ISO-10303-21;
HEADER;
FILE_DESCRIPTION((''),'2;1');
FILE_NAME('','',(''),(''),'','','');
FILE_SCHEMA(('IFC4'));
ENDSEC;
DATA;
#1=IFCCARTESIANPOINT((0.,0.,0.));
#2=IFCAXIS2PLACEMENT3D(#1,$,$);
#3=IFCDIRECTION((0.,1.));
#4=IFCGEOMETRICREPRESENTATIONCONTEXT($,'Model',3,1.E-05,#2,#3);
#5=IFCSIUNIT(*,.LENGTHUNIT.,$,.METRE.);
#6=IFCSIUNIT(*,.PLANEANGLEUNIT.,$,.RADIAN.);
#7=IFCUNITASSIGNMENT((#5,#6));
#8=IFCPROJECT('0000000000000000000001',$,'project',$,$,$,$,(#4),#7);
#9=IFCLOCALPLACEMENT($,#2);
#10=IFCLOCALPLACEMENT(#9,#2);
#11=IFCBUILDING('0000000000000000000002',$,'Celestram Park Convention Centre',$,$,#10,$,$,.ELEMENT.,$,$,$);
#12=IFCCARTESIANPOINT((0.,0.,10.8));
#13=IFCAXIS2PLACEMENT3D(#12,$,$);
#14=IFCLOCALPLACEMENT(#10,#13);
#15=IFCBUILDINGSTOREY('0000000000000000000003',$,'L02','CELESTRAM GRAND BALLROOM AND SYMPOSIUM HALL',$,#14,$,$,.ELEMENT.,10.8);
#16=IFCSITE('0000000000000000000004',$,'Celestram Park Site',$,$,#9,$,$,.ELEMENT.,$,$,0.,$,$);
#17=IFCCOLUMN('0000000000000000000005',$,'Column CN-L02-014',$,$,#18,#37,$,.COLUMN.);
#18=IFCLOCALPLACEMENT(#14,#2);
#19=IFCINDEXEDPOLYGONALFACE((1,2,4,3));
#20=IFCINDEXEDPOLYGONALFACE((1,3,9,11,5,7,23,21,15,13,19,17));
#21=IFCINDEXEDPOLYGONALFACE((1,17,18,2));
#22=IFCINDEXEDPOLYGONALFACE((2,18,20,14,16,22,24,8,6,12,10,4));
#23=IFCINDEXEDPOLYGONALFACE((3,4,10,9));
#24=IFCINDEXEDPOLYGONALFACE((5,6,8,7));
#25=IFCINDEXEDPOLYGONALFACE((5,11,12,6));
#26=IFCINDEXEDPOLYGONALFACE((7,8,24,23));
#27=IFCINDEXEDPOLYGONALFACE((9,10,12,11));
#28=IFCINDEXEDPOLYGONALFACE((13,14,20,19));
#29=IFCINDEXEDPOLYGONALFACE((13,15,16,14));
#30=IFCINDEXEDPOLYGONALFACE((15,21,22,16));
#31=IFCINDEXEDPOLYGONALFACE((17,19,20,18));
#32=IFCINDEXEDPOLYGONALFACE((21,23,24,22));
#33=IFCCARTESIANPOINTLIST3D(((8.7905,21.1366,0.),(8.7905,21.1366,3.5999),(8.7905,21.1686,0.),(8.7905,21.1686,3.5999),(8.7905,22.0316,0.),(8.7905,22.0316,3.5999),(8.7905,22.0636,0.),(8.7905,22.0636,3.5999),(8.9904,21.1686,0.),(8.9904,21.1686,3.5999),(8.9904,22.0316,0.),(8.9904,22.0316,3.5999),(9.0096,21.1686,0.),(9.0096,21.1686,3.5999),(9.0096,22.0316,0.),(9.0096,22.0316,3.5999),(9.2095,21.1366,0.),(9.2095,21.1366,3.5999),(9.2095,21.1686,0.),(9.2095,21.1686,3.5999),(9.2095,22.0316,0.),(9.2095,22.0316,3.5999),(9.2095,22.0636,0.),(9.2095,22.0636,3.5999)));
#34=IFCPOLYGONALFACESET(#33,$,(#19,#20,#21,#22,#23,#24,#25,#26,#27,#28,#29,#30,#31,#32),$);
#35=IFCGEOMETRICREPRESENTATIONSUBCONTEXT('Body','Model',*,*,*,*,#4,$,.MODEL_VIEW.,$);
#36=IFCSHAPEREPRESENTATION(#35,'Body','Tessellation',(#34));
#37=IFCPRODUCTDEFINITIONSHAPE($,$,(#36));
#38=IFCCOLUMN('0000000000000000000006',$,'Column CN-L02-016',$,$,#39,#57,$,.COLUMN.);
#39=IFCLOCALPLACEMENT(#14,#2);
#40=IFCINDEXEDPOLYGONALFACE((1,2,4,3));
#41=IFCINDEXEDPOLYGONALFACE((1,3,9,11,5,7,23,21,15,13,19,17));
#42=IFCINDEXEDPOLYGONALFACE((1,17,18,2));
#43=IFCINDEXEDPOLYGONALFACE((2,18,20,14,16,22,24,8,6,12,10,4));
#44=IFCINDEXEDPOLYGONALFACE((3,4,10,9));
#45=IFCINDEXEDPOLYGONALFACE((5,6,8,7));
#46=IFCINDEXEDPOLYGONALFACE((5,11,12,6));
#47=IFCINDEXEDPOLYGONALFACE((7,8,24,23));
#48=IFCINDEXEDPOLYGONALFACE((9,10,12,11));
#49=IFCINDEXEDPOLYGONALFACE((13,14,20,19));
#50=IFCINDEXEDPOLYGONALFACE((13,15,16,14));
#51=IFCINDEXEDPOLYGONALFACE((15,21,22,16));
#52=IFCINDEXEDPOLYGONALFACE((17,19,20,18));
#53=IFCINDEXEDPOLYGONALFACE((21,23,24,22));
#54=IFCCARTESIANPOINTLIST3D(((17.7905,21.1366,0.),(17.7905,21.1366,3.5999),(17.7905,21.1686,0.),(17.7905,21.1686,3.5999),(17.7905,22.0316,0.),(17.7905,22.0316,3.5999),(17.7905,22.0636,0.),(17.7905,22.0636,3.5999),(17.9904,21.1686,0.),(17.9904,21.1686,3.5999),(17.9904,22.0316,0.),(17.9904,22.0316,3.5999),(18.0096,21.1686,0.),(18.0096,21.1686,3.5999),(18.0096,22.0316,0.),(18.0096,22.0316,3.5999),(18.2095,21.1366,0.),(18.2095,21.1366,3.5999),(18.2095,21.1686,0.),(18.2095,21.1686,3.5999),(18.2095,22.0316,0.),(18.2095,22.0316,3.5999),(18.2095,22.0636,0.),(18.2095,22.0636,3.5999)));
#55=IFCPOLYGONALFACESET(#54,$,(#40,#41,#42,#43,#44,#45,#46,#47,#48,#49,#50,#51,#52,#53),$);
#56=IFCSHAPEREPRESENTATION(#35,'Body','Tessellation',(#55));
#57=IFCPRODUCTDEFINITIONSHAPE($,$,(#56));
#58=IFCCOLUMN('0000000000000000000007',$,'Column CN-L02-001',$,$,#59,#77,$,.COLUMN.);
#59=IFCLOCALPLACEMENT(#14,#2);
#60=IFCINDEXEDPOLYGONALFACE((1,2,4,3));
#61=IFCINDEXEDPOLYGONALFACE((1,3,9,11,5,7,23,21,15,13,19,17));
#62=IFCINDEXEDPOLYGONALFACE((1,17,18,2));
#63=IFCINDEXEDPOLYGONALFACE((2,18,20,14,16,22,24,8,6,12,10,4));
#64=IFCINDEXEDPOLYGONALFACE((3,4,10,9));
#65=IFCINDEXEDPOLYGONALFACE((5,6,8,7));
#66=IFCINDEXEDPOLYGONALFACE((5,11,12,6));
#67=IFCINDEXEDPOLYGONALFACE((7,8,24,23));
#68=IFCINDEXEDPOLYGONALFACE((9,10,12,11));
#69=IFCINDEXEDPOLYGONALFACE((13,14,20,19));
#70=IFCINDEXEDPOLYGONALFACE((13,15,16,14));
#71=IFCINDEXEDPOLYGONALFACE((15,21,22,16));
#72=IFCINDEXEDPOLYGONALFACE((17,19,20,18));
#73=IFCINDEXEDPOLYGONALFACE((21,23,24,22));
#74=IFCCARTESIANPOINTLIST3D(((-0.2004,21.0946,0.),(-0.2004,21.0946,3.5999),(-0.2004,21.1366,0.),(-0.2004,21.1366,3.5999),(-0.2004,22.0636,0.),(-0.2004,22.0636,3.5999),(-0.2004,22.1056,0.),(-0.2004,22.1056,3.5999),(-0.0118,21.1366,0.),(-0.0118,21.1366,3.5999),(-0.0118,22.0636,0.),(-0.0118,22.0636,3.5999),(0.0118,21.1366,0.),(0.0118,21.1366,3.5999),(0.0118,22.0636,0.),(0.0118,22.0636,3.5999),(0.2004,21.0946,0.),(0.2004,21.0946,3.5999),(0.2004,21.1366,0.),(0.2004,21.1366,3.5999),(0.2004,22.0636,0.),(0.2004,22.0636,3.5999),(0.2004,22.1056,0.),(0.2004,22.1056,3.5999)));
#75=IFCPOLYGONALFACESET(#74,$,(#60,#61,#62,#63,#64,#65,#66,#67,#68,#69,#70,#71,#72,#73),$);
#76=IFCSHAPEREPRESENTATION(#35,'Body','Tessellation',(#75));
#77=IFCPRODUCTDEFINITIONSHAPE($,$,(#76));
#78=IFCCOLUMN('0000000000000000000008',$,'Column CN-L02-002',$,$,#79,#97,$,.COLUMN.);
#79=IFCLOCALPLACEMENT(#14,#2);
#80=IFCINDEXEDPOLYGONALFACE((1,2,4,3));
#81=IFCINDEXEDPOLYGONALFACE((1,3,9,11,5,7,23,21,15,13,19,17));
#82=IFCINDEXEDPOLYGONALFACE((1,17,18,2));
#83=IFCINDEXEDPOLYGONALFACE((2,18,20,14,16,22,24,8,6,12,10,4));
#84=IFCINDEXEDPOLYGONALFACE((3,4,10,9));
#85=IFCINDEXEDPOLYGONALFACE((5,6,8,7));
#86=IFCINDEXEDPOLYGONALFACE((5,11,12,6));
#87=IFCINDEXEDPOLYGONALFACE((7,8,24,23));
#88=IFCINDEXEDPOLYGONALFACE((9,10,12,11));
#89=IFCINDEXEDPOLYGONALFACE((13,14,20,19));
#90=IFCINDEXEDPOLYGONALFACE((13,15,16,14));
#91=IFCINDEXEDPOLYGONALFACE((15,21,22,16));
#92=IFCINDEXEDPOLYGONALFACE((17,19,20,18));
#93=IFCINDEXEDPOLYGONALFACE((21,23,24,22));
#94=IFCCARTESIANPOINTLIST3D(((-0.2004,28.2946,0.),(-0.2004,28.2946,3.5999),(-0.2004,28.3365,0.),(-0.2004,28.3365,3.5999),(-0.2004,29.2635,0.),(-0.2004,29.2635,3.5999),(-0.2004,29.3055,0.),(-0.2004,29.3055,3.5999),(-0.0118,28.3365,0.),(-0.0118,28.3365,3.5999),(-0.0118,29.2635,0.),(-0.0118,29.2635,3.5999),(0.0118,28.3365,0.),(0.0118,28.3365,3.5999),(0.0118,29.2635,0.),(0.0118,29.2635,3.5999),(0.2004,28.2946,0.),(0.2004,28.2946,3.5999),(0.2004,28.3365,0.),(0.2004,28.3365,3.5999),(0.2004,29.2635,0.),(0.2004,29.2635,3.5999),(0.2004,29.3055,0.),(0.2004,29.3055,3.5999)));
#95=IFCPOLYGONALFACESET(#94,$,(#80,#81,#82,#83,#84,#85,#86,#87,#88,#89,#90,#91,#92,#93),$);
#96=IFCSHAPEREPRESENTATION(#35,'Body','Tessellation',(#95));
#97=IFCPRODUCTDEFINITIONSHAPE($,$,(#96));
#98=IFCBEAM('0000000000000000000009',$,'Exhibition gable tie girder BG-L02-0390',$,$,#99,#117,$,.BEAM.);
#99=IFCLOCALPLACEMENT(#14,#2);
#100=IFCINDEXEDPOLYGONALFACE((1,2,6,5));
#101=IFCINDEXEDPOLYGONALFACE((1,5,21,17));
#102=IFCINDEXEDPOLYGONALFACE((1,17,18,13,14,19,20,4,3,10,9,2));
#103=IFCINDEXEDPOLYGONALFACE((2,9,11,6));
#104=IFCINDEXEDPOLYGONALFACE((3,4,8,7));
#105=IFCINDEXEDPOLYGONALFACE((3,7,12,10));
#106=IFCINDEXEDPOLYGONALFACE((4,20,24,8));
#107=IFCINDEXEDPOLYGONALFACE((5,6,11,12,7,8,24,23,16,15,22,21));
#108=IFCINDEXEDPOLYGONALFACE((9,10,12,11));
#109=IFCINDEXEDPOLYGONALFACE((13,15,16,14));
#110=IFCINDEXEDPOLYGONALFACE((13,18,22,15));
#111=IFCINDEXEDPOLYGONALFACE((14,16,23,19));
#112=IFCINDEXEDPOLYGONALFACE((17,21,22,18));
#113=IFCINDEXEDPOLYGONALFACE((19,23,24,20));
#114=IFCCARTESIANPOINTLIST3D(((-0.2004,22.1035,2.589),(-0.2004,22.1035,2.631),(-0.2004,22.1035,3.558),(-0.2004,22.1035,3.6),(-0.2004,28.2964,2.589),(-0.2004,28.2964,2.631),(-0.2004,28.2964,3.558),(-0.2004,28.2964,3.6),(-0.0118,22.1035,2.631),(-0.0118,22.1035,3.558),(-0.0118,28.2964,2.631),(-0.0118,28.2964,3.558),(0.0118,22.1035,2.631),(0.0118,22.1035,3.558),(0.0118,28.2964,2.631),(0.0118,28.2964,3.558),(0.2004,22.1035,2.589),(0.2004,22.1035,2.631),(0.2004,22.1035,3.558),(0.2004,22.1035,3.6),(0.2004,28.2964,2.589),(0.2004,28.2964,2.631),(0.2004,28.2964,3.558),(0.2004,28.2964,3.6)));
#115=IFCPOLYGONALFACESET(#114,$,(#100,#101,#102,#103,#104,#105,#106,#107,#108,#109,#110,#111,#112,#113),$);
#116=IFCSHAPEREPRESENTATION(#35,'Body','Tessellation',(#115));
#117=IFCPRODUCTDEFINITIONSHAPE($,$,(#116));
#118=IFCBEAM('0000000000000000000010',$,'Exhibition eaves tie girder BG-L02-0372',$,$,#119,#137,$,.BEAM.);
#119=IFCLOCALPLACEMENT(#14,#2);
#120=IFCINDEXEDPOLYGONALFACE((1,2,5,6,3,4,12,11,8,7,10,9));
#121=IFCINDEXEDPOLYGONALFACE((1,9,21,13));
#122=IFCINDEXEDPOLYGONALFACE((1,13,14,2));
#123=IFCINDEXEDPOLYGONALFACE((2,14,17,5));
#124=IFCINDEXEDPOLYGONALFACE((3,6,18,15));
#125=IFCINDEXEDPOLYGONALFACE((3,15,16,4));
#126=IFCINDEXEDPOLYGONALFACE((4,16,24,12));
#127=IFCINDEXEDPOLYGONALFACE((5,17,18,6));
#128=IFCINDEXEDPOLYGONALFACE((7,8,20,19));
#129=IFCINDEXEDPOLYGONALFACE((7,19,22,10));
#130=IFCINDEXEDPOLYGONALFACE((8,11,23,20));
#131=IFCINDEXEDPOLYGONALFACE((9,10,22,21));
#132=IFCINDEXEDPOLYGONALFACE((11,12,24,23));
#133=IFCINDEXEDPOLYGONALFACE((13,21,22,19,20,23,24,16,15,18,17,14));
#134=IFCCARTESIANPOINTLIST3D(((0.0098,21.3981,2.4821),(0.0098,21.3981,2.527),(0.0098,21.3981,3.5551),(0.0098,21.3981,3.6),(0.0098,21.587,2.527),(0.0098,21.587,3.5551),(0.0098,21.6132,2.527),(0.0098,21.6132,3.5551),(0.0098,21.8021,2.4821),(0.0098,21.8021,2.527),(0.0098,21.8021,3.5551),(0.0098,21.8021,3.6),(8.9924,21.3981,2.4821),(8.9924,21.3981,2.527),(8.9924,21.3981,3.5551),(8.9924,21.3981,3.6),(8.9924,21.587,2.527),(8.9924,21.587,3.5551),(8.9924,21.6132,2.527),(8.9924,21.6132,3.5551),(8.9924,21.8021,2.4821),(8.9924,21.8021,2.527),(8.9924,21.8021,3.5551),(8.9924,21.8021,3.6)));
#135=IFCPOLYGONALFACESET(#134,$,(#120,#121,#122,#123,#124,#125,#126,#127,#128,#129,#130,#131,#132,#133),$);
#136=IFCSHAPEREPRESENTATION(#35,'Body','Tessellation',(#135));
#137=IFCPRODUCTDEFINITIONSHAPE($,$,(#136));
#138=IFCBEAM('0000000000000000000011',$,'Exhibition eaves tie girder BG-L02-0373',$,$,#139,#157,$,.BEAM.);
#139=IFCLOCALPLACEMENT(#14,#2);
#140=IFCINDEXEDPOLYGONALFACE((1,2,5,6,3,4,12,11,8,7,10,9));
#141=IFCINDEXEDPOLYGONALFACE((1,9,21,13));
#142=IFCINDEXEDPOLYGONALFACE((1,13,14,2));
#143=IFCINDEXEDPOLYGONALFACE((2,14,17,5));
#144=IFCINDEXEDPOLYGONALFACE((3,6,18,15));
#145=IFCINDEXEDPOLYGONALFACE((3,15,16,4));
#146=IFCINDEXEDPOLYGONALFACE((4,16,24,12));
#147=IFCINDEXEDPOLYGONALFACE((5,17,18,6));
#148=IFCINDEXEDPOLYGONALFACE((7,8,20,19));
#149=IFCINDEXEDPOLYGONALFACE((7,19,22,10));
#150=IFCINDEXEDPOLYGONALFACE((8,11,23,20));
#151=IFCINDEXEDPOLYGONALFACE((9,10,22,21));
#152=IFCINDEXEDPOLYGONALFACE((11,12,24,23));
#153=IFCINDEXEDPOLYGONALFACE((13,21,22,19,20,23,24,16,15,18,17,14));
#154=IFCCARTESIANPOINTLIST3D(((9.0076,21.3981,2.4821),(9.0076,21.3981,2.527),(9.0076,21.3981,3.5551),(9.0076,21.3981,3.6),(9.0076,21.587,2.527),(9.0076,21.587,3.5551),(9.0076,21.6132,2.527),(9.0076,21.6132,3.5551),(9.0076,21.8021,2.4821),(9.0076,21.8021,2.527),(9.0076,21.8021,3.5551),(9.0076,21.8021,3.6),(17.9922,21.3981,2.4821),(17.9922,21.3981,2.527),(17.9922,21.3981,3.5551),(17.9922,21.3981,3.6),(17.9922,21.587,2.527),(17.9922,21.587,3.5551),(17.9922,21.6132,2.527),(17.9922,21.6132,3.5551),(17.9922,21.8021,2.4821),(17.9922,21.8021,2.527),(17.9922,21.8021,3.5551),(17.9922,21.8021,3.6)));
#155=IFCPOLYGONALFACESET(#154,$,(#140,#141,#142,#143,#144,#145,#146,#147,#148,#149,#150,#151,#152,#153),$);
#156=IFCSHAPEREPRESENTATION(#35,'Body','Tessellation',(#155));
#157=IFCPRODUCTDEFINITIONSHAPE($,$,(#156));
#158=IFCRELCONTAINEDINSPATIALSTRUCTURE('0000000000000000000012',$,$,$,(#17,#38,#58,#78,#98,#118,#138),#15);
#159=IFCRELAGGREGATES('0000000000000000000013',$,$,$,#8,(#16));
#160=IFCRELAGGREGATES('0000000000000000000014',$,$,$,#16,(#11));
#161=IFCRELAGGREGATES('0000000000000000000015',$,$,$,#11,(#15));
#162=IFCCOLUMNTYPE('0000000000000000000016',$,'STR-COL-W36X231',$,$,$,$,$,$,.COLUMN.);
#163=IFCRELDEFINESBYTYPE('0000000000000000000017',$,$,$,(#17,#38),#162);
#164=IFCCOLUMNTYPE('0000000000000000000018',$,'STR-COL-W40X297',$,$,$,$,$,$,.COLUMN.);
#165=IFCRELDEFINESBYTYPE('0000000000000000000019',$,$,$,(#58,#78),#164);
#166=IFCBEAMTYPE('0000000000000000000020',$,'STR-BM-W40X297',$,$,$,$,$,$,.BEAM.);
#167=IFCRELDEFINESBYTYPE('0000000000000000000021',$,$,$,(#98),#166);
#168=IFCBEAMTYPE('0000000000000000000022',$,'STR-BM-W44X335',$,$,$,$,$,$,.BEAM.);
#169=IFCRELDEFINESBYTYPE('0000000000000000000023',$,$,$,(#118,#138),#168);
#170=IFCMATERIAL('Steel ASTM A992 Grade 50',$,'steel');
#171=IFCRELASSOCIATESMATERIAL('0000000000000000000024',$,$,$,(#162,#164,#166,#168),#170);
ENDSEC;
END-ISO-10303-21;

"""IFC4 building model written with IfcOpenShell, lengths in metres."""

from ifc_helpers import new_model, si_unit, direction, frame, origin, origin_2d, place, context, subcontext, project, spatial, i_section, extrude, material, material_profile, profile_set, type_object, element, save


model = new_model("IFC4")

# Units and contexts
model_context = context("Model", 3, precision=1e-05, world=origin(), true_north=direction((0.0, 1.0)))
body_context = subcontext(model_context, "Body", "Model", "MODEL_VIEW")
ifc_project = project(units=[si_unit("LENGTHUNIT", "METRE"), si_unit("PLANEANGLEUNIT", "RADIAN")], contexts=[model_context])

# Site, building, storey
site_placement = place(None, origin())
site = spatial("IfcSite", under=ifc_project, at=site_placement, Name="Celestram Park Site", CompositionType="ELEMENT", RefElevation=0.0)
building_placement = place(site_placement, origin())
building = spatial("IfcBuilding", under=site, at=building_placement, Name="Celestram Park Convention Centre", CompositionType="ELEMENT")
storey_placement = place(building_placement, frame((0.0, 0.0, 10.8)))
storey = spatial("IfcBuildingStorey", under=building, at=storey_placement, Name="L02", Description="CELESTRAM GRAND BALLROOM AND SYMPOSIUM HALL", CompositionType="ELEMENT", Elevation=10.8)

# Columns
ifc_material_1 = material(Name="Steel ASTM A992 Grade 50", Category="steel")
ifc_material_profile_1 = material_profile(ifc_material_1, i_section(OverallWidth=0.4189, OverallDepth=0.927, WebThickness=0.0193, FlangeThickness=0.032, at=origin_2d()), Name="W36X231")
ifc_profile_set_1 = profile_set([ifc_material_profile_1], Name="Steel ASTM A992 Grade 50")
column_type_1 = type_object("IfcColumnType", Name="STR-COL-W36X231", PredefinedType="COLUMN", material=ifc_profile_set_1)
for number, where, z_axis, x_axis, name in (
    (1, (9.0, 21.6001, 0.0), (0.0, 0.0, 1.0), (1.0, 0.0, 0.0), "Column CN-L02-014"),
    (2, (18.0, 21.6001, 0.0), (0.0, 0.0, 1.0), (1.0, 0.0, 0.0), "Column CN-L02-016"),
):
    element("IfcColumn", number, at=place(storey_placement, frame(where, z_axis=z_axis, x_axis=x_axis)), inside=storey, type_object=column_type_1, Name=name, PredefinedType="COLUMN", context=body_context, shape_type="SweptSolid", body=[
        extrude(i_section(OverallWidth=0.4189, OverallDepth=0.927, WebThickness=0.0193, FlangeThickness=0.032, at=origin_2d()), origin(), (0.0, 0.0, 1.0), 3.5999),
    ])
ifc_material_profile_2 = material_profile(ifc_material_1, i_section(OverallWidth=0.4009, OverallDepth=1.011, WebThickness=0.0237, FlangeThickness=0.042, at=origin_2d()), Name="W40X297")
ifc_profile_set_2 = profile_set([ifc_material_profile_2], Name="Steel ASTM A992 Grade 50")
column_type_2 = type_object("IfcColumnType", Name="STR-COL-W40X297", PredefinedType="COLUMN", material=ifc_profile_set_2)
for number, where, z_axis, x_axis, name in (
    (3, (0.0, 21.6001, 0.0), (0.0, 0.0, 1.0), (1.0, 0.0, 0.0), "Column CN-L02-001"),
    (4, (0.0, 28.8, 0.0), (0.0, 0.0, 1.0), (1.0, 0.0, 0.0), "Column CN-L02-002"),
):
    element("IfcColumn", number, at=place(storey_placement, frame(where, z_axis=z_axis, x_axis=x_axis)), inside=storey, type_object=column_type_2, Name=name, PredefinedType="COLUMN", context=body_context, shape_type="SweptSolid", body=[
        extrude(i_section(OverallWidth=0.4009, OverallDepth=1.011, WebThickness=0.0237, FlangeThickness=0.042, at=origin_2d()), origin(), (0.0, 0.0, 1.0), 3.5999),
    ])

# Beams
ifc_material_profile_3 = material_profile(ifc_material_1, i_section(OverallWidth=0.4009, OverallDepth=1.011, WebThickness=0.0237, FlangeThickness=0.042, at=origin_2d()), Name="W40X297")
ifc_profile_set_3 = profile_set([ifc_material_profile_3], Name="Steel ASTM A992 Grade 50")
beam_type_1 = type_object("IfcBeamType", Name="STR-BM-W40X297", PredefinedType="BEAM", material=ifc_profile_set_3)
beam_1_placement = place(storey_placement, frame((0.0, 22.1035, 3.0945), z_axis=(0.0, 1.0, 0.0), x_axis=(-1.0, 0.0, 0.0)))
element("IfcBeam", 5, at=beam_1_placement, inside=storey, type_object=beam_type_1, Name="Exhibition gable tie girder BG-L02-0390", PredefinedType="BEAM", context=body_context, shape_type="SweptSolid", body=[
    extrude(i_section(OverallWidth=0.4009, OverallDepth=1.011, WebThickness=0.0237, FlangeThickness=0.042, at=origin_2d()), origin(), (0.0, 0.0, 1.0), 6.1929),
])
ifc_material_profile_4 = material_profile(ifc_material_1, i_section(OverallWidth=0.4041, OverallDepth=1.1179, WebThickness=0.0261, FlangeThickness=0.0449, at=origin_2d()), Name="W44X335")
ifc_profile_set_4 = profile_set([ifc_material_profile_4], Name="Steel ASTM A992 Grade 50")
beam_type_2 = type_object("IfcBeamType", Name="STR-BM-W44X335", PredefinedType="BEAM", material=ifc_profile_set_4)
beam_2_placement = place(storey_placement, frame((0.0098, 21.6001, 3.041), z_axis=(1.0, 0.0, 0.0), x_axis=(0.0, 1.0, 0.0)))
element("IfcBeam", 6, at=beam_2_placement, inside=storey, type_object=beam_type_2, Name="Exhibition eaves tie girder BG-L02-0372", PredefinedType="BEAM", context=body_context, shape_type="SweptSolid", body=[
    extrude(i_section(OverallWidth=0.4041, OverallDepth=1.1179, WebThickness=0.0261, FlangeThickness=0.0449, at=origin_2d()), origin(), (0.0, 0.0, 1.0), 8.9827),
])
beam_3_placement = place(storey_placement, frame((9.0076, 21.6001, 3.041), z_axis=(1.0, 0.0, 0.0), x_axis=(0.0, 1.0, 0.0)))
element("IfcBeam", 7, at=beam_3_placement, inside=storey, type_object=beam_type_2, Name="Exhibition eaves tie girder BG-L02-0373", PredefinedType="BEAM", context=body_context, shape_type="SweptSolid", body=[
    extrude(i_section(OverallWidth=0.4041, OverallDepth=1.1179, WebThickness=0.0261, FlangeThickness=0.0449, at=origin_2d()), origin(), (0.0, 0.0, 1.0), 8.9846),
])

save(model, "model.ifc")
